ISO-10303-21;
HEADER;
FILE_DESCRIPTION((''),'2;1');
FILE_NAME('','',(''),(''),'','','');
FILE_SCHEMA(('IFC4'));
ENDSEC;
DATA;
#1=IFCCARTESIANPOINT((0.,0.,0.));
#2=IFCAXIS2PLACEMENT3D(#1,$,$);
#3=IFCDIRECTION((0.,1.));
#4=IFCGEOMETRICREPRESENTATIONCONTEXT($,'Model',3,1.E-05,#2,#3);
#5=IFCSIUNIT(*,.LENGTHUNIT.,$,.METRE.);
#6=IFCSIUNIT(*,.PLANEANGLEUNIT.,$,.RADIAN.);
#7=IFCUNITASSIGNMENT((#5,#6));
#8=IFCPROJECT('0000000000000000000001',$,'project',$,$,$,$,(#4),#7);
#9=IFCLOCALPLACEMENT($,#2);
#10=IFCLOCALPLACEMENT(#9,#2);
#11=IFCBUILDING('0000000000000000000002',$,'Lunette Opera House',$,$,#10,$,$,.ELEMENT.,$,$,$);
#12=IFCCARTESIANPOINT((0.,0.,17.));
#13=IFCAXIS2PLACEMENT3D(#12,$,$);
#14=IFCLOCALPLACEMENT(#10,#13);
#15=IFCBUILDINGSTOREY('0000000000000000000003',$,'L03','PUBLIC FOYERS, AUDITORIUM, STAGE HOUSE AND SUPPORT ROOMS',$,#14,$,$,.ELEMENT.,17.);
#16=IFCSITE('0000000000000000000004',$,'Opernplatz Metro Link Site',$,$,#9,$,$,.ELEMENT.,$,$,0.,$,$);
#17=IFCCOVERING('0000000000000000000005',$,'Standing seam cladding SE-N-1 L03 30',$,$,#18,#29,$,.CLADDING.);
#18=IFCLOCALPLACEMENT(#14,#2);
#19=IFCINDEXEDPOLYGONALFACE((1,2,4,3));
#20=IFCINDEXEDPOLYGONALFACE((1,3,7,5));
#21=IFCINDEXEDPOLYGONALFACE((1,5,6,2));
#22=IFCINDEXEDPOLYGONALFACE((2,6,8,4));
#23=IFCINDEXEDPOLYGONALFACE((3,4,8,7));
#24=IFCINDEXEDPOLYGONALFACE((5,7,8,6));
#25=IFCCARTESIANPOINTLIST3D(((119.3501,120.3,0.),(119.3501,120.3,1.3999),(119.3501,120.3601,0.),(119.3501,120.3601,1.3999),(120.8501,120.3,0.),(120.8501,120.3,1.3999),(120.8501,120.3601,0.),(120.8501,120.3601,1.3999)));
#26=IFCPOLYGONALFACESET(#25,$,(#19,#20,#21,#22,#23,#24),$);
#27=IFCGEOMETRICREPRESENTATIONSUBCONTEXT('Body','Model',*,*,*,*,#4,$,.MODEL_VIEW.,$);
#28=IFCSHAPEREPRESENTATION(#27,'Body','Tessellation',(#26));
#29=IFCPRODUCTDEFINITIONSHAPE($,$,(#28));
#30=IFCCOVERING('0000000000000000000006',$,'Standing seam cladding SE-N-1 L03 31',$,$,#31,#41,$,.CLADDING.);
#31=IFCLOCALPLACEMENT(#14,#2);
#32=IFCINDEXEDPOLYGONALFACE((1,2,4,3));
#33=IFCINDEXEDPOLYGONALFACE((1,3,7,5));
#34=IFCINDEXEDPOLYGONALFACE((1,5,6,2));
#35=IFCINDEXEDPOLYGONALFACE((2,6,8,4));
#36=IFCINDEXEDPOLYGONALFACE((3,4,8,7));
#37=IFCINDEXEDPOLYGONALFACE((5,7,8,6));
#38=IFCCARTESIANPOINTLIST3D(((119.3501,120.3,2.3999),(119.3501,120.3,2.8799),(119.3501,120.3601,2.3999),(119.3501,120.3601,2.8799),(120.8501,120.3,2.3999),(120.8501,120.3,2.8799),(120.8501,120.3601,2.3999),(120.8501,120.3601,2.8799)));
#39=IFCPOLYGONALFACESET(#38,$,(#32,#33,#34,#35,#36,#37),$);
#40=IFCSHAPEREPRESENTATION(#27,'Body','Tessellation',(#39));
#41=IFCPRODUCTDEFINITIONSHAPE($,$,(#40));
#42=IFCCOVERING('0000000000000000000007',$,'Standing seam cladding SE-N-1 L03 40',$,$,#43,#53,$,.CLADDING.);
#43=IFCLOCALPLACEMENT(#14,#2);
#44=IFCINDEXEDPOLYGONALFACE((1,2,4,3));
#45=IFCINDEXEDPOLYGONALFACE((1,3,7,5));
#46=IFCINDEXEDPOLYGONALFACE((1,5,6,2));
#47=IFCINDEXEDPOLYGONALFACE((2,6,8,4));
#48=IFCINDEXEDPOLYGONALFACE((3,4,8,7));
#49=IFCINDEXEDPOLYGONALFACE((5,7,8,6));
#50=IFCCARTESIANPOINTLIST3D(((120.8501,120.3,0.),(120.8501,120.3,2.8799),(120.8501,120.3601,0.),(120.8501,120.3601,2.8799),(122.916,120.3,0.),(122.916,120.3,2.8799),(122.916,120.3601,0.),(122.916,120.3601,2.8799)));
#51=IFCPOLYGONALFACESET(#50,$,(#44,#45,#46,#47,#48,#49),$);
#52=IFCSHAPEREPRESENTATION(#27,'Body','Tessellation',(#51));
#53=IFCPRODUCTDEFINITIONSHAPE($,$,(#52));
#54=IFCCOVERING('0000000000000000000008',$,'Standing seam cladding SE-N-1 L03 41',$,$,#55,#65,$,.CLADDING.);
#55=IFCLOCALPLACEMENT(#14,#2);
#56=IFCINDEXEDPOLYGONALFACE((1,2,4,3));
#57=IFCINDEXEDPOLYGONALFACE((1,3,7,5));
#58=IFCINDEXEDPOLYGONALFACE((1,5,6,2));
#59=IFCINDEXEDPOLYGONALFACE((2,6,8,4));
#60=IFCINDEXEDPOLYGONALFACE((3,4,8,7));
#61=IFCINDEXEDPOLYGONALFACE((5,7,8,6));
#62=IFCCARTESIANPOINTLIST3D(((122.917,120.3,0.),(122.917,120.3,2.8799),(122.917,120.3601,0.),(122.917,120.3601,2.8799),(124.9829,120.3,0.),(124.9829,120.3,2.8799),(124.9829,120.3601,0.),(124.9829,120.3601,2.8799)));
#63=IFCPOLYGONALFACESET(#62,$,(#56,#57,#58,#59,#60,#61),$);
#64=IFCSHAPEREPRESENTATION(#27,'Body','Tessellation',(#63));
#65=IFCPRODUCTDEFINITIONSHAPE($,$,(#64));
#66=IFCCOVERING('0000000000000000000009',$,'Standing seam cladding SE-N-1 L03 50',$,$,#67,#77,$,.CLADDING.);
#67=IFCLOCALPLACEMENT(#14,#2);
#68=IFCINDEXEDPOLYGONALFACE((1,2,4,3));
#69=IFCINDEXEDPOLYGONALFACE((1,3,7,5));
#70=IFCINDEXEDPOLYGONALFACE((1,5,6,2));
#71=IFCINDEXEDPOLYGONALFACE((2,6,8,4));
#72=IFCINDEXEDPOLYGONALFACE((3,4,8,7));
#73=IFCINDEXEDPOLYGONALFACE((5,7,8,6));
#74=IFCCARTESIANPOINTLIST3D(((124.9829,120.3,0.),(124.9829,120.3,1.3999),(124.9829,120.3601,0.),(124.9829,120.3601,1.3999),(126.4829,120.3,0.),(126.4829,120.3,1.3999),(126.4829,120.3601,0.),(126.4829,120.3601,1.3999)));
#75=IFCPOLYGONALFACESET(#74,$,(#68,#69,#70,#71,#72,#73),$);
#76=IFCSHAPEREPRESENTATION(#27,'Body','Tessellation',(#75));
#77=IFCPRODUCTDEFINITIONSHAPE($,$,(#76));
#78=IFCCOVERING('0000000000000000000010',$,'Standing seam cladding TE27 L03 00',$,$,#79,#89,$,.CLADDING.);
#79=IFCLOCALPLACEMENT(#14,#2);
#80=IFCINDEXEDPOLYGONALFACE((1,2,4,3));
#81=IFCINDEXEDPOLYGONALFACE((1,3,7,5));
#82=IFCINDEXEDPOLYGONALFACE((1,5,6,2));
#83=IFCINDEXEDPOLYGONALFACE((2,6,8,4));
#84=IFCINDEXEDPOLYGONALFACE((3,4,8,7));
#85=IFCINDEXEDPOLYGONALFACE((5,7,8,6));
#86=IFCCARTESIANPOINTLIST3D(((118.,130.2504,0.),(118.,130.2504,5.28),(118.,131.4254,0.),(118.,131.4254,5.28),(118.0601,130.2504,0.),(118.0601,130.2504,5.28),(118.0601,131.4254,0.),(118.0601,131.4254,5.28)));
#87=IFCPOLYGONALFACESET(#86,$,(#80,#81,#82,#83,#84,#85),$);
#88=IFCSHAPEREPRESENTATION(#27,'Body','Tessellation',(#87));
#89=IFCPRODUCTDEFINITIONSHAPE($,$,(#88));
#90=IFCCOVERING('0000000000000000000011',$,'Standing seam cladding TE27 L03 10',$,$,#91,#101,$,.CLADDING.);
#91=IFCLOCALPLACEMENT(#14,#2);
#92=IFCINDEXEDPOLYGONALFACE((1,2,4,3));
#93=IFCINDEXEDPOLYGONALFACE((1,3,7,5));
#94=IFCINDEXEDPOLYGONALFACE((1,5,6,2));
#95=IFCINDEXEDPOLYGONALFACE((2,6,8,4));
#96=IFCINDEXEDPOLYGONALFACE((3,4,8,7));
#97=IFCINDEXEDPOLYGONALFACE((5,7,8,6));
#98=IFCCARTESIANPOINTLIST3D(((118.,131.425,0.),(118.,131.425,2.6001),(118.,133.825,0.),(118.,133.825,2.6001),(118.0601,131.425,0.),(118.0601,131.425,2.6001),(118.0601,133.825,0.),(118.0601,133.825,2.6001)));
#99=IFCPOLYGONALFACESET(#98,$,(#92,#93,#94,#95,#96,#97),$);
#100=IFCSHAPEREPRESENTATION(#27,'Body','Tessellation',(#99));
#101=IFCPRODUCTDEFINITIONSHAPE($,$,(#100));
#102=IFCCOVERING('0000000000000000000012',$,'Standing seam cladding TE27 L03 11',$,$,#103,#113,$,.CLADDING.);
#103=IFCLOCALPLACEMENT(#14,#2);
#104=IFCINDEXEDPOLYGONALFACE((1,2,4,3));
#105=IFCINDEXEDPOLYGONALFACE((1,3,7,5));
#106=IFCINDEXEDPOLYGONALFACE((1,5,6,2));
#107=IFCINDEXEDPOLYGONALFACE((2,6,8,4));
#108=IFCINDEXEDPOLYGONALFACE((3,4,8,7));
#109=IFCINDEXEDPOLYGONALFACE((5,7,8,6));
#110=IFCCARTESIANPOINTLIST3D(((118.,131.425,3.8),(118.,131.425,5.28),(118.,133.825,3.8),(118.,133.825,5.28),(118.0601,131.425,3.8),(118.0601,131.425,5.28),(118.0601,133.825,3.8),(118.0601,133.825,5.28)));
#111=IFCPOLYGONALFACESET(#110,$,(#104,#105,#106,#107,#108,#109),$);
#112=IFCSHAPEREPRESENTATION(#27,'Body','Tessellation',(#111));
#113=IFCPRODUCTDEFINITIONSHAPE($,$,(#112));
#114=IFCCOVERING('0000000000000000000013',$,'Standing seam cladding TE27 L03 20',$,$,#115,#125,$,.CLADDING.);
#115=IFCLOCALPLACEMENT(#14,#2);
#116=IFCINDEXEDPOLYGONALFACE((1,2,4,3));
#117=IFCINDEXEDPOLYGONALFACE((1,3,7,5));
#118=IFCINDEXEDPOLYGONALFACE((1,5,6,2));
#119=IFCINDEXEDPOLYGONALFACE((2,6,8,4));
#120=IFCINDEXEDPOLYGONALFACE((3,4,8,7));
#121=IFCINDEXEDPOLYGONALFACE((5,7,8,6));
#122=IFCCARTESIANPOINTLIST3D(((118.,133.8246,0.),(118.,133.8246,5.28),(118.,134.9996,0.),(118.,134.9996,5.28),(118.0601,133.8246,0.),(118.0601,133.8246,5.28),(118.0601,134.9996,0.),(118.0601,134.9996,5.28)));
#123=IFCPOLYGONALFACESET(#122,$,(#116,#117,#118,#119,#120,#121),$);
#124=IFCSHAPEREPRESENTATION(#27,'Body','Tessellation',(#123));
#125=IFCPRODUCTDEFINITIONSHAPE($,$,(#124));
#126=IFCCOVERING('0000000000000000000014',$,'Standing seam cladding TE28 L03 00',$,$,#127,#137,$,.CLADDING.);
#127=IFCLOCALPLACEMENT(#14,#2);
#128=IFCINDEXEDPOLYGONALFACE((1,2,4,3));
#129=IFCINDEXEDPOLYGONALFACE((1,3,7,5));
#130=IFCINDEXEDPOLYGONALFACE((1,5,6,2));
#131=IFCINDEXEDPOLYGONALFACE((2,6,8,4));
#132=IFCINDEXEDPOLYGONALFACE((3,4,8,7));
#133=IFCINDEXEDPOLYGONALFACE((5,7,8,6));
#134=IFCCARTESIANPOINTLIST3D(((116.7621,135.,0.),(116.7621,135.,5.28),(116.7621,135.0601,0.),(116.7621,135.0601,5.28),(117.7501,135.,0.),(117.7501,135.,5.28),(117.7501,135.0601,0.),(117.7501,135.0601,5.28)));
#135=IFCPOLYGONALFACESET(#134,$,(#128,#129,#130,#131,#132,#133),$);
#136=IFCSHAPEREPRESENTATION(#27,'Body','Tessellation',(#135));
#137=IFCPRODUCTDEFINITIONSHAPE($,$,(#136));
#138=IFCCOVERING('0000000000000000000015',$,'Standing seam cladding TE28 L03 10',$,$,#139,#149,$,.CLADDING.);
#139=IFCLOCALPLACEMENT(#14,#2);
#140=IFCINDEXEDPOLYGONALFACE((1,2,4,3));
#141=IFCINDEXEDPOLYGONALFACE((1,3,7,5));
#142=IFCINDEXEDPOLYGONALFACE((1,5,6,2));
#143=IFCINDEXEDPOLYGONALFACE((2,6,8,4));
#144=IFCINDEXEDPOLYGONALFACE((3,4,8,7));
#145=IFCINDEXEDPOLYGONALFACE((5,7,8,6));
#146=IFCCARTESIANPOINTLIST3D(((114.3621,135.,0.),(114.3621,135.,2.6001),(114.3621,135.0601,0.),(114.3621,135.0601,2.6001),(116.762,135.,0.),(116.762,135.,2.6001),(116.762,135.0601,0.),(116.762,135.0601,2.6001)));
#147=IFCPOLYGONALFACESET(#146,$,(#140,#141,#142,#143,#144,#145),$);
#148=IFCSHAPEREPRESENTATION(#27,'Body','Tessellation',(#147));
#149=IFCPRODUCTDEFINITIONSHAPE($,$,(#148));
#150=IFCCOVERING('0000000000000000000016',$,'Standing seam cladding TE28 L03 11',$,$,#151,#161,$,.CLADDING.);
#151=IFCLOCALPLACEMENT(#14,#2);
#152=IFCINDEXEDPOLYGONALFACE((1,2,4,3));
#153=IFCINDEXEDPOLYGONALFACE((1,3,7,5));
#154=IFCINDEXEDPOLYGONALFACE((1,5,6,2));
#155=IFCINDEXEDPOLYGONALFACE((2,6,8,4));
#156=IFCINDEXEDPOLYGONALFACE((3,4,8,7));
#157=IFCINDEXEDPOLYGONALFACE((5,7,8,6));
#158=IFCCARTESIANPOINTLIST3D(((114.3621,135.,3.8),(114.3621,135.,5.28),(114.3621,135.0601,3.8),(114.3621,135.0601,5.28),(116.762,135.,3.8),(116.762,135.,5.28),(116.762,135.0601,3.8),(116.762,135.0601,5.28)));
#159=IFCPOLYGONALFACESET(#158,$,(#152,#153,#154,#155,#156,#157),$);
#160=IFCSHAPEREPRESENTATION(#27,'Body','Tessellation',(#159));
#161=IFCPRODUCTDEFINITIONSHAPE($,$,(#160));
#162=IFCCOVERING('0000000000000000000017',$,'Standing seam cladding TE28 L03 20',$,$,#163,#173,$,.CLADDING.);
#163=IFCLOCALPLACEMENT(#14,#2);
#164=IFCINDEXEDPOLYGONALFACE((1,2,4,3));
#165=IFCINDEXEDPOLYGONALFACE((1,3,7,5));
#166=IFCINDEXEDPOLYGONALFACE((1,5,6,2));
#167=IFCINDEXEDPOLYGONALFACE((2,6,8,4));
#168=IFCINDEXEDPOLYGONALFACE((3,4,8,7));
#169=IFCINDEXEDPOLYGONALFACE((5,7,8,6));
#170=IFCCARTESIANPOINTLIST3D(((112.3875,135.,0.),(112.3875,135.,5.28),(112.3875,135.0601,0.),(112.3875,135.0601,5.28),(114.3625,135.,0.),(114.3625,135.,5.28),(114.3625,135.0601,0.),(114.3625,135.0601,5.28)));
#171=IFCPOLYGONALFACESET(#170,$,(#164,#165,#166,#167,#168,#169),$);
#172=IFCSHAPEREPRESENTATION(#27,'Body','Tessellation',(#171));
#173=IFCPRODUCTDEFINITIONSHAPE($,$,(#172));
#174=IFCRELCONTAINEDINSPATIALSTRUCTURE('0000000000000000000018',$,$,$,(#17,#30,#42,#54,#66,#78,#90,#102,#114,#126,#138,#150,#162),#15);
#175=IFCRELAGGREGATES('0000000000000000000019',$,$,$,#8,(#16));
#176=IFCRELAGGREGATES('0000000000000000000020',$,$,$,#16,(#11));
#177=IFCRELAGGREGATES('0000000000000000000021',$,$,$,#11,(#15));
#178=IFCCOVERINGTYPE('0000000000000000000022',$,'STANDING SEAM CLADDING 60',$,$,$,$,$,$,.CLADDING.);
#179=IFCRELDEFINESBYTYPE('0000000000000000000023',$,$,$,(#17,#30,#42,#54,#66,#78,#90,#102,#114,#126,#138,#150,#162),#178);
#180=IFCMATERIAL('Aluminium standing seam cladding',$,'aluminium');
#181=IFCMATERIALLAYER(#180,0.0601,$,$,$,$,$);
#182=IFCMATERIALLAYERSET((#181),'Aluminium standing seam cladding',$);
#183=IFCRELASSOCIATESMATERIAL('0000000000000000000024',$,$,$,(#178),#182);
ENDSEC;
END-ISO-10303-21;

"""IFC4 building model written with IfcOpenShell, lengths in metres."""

from ifc_helpers import new_model, si_unit, direction, frame, origin, origin_2d, place, context, subcontext, project, spatial, rectangle, extrude, material, layer, layer_set, type_object, element, save


model = new_model("IFC4")

# Units and contexts
model_context = context("Model", 3, precision=1e-05, world=origin(), true_north=direction((0.0, 1.0)))
body_context = subcontext(model_context, "Body", "Model", "MODEL_VIEW")
ifc_project = project(units=[si_unit("LENGTHUNIT", "METRE"), si_unit("PLANEANGLEUNIT", "RADIAN")], contexts=[model_context])

# Site, building, storey
site_placement = place(None, origin())
site = spatial("IfcSite", under=ifc_project, at=site_placement, Name="Opernplatz Metro Link Site", CompositionType="ELEMENT", RefElevation=0.0)
building_placement = place(site_placement, origin())
building = spatial("IfcBuilding", under=site, at=building_placement, Name="Lunette Opera House", CompositionType="ELEMENT")
storey_placement = place(building_placement, frame((0.0, 0.0, 17.0)))
storey = spatial("IfcBuildingStorey", under=building, at=storey_placement, Name="L03", Description="PUBLIC FOYERS, AUDITORIUM, STAGE HOUSE AND SUPPORT ROOMS", CompositionType="ELEMENT", Elevation=17.0)

# Coverings
ifc_material_1 = material(Name="Aluminium standing seam cladding", Category="aluminium")
ifc_layer_1 = layer(ifc_material_1, 0.0601)
ifc_layer_set_1 = layer_set([ifc_layer_1], Name="Aluminium standing seam cladding")
covering_type = type_object("IfcCoveringType", Name="STANDING SEAM CLADDING 60", PredefinedType="CLADDING", material=ifc_layer_set_1)
covering_1_placement = place(storey_placement, frame((120.1001, 120.3301, 0.0), z_axis=(0.0, 0.0, 1.0), x_axis=(1.0, 0.0, 0.0)))
element("IfcCovering", 1, at=covering_1_placement, inside=storey, type_object=covering_type, Name="Standing seam cladding SE-N-1 L03 30", PredefinedType="CLADDING", context=body_context, shape_type="SweptSolid", body=[
    extrude(rectangle(XDim=1.5, YDim=0.0601, at=origin_2d()), origin(), (0.0, 0.0, 1.0), 1.3999),
])
covering_2_placement = place(storey_placement, frame((120.1001, 120.3301, 2.3999), z_axis=(0.0, 0.0, 1.0), x_axis=(1.0, 0.0, 0.0)))
element("IfcCovering", 2, at=covering_2_placement, inside=storey, type_object=covering_type, Name="Standing seam cladding SE-N-1 L03 31", PredefinedType="CLADDING", context=body_context, shape_type="SweptSolid", body=[
    extrude(rectangle(XDim=1.5, YDim=0.0601, at=origin_2d()), origin(), (0.0, 0.0, 1.0), 0.48),
])
for number, where, z_axis, x_axis, name in (
    (3, (121.8831, 120.3301, 0.0), (0.0, 0.0, 1.0), (1.0, 0.0, 0.0), "Standing seam cladding SE-N-1 L03 40"),
    (4, (123.95, 120.3301, 0.0), (0.0, 0.0, 1.0), (1.0, 0.0, 0.0), "Standing seam cladding SE-N-1 L03 41"),
):
    element("IfcCovering", number, at=place(storey_placement, frame(where, z_axis=z_axis, x_axis=x_axis)), inside=storey, type_object=covering_type, Name=name, PredefinedType="CLADDING", context=body_context, shape_type="SweptSolid", body=[
        extrude(rectangle(XDim=2.0659, YDim=0.0601, at=origin_2d()), origin(), (0.0, 0.0, 1.0), 2.8799),
    ])
covering_3_placement = place(storey_placement, frame((125.7329, 120.3301, 0.0), z_axis=(0.0, 0.0, 1.0), x_axis=(1.0, 0.0, 0.0)))
element("IfcCovering", 5, at=covering_3_placement, inside=storey, type_object=covering_type, Name="Standing seam cladding SE-N-1 L03 50", PredefinedType="CLADDING", context=body_context, shape_type="SweptSolid", body=[
    extrude(rectangle(XDim=1.5, YDim=0.0601, at=origin_2d()), origin(), (0.0, 0.0, 1.0), 1.3999),
])
covering_4_placement = place(storey_placement, frame((118.03, 130.8379, 0.0), z_axis=(0.0, 0.0, 1.0), x_axis=(0.0, 1.0, 0.0)))
element("IfcCovering", 6, at=covering_4_placement, inside=storey, type_object=covering_type, Name="Standing seam cladding TE27 L03 00", PredefinedType="CLADDING", context=body_context, shape_type="SweptSolid", body=[
    extrude(rectangle(XDim=1.175, YDim=0.0601, at=origin_2d()), origin(), (0.0, 0.0, 1.0), 5.28),
])
covering_5_placement = place(storey_placement, frame((118.03, 132.625, 0.0), z_axis=(0.0, 0.0, 1.0), x_axis=(0.0, 1.0, 0.0)))
element("IfcCovering", 7, at=covering_5_placement, inside=storey, type_object=covering_type, Name="Standing seam cladding TE27 L03 10", PredefinedType="CLADDING", context=body_context, shape_type="SweptSolid", body=[
    extrude(rectangle(XDim=2.3999, YDim=0.0601, at=origin_2d()), origin(), (0.0, 0.0, 1.0), 2.6001),
])
covering_6_placement = place(storey_placement, frame((118.03, 132.625, 3.8), z_axis=(0.0, 0.0, 1.0), x_axis=(0.0, 1.0, 0.0)))
element("IfcCovering", 8, at=covering_6_placement, inside=storey, type_object=covering_type, Name="Standing seam cladding TE27 L03 11", PredefinedType="CLADDING", context=body_context, shape_type="SweptSolid", body=[
    extrude(rectangle(XDim=2.3999, YDim=0.0601, at=origin_2d()), origin(), (0.0, 0.0, 1.0), 1.48),
])
covering_7_placement = place(storey_placement, frame((118.03, 134.4121, 0.0), z_axis=(0.0, 0.0, 1.0), x_axis=(0.0, 1.0, 0.0)))
element("IfcCovering", 9, at=covering_7_placement, inside=storey, type_object=covering_type, Name="Standing seam cladding TE27 L03 20", PredefinedType="CLADDING", context=body_context, shape_type="SweptSolid", body=[
    extrude(rectangle(XDim=1.175, YDim=0.0601, at=origin_2d()), origin(), (0.0, 0.0, 1.0), 5.28),
])
covering_8_placement = place(storey_placement, frame((117.2561, 135.03, 0.0), z_axis=(0.0, 0.0, 1.0), x_axis=(-1.0, 0.0, 0.0)))
element("IfcCovering", 10, at=covering_8_placement, inside=storey, type_object=covering_type, Name="Standing seam cladding TE28 L03 00", PredefinedType="CLADDING", context=body_context, shape_type="SweptSolid", body=[
    extrude(rectangle(XDim=0.988, YDim=0.0601, at=origin_2d()), origin(), (0.0, 0.0, 1.0), 5.28),
])
covering_9_placement = place(storey_placement, frame((115.562, 135.03, 0.0), z_axis=(0.0, 0.0, 1.0), x_axis=(-1.0, 0.0, 0.0)))
element("IfcCovering", 11, at=covering_9_placement, inside=storey, type_object=covering_type, Name="Standing seam cladding TE28 L03 10", PredefinedType="CLADDING", context=body_context, shape_type="SweptSolid", body=[
    extrude(rectangle(XDim=2.3999, YDim=0.0601, at=origin_2d()), origin(), (0.0, 0.0, 1.0), 2.6001),
])
covering_10_placement = place(storey_placement, frame((115.562, 135.03, 3.8), z_axis=(0.0, 0.0, 1.0), x_axis=(-1.0, 0.0, 0.0)))
element("IfcCovering", 12, at=covering_10_placement, inside=storey, type_object=covering_type, Name="Standing seam cladding TE28 L03 11", PredefinedType="CLADDING", context=body_context, shape_type="SweptSolid", body=[
    extrude(rectangle(XDim=2.3999, YDim=0.0601, at=origin_2d()), origin(), (0.0, 0.0, 1.0), 1.48),
])
covering_11_placement = place(storey_placement, frame((113.375, 135.03, 0.0), z_axis=(0.0, 0.0, 1.0), x_axis=(-1.0, 0.0, 0.0)))
element("IfcCovering", 13, at=covering_11_placement, inside=storey, type_object=covering_type, Name="Standing seam cladding TE28 L03 20", PredefinedType="CLADDING", context=body_context, shape_type="SweptSolid", body=[
    extrude(rectangle(XDim=1.9751, YDim=0.0601, at=origin_2d()), origin(), (0.0, 0.0, 1.0), 5.28),
])

save(model, "model.ifc")
